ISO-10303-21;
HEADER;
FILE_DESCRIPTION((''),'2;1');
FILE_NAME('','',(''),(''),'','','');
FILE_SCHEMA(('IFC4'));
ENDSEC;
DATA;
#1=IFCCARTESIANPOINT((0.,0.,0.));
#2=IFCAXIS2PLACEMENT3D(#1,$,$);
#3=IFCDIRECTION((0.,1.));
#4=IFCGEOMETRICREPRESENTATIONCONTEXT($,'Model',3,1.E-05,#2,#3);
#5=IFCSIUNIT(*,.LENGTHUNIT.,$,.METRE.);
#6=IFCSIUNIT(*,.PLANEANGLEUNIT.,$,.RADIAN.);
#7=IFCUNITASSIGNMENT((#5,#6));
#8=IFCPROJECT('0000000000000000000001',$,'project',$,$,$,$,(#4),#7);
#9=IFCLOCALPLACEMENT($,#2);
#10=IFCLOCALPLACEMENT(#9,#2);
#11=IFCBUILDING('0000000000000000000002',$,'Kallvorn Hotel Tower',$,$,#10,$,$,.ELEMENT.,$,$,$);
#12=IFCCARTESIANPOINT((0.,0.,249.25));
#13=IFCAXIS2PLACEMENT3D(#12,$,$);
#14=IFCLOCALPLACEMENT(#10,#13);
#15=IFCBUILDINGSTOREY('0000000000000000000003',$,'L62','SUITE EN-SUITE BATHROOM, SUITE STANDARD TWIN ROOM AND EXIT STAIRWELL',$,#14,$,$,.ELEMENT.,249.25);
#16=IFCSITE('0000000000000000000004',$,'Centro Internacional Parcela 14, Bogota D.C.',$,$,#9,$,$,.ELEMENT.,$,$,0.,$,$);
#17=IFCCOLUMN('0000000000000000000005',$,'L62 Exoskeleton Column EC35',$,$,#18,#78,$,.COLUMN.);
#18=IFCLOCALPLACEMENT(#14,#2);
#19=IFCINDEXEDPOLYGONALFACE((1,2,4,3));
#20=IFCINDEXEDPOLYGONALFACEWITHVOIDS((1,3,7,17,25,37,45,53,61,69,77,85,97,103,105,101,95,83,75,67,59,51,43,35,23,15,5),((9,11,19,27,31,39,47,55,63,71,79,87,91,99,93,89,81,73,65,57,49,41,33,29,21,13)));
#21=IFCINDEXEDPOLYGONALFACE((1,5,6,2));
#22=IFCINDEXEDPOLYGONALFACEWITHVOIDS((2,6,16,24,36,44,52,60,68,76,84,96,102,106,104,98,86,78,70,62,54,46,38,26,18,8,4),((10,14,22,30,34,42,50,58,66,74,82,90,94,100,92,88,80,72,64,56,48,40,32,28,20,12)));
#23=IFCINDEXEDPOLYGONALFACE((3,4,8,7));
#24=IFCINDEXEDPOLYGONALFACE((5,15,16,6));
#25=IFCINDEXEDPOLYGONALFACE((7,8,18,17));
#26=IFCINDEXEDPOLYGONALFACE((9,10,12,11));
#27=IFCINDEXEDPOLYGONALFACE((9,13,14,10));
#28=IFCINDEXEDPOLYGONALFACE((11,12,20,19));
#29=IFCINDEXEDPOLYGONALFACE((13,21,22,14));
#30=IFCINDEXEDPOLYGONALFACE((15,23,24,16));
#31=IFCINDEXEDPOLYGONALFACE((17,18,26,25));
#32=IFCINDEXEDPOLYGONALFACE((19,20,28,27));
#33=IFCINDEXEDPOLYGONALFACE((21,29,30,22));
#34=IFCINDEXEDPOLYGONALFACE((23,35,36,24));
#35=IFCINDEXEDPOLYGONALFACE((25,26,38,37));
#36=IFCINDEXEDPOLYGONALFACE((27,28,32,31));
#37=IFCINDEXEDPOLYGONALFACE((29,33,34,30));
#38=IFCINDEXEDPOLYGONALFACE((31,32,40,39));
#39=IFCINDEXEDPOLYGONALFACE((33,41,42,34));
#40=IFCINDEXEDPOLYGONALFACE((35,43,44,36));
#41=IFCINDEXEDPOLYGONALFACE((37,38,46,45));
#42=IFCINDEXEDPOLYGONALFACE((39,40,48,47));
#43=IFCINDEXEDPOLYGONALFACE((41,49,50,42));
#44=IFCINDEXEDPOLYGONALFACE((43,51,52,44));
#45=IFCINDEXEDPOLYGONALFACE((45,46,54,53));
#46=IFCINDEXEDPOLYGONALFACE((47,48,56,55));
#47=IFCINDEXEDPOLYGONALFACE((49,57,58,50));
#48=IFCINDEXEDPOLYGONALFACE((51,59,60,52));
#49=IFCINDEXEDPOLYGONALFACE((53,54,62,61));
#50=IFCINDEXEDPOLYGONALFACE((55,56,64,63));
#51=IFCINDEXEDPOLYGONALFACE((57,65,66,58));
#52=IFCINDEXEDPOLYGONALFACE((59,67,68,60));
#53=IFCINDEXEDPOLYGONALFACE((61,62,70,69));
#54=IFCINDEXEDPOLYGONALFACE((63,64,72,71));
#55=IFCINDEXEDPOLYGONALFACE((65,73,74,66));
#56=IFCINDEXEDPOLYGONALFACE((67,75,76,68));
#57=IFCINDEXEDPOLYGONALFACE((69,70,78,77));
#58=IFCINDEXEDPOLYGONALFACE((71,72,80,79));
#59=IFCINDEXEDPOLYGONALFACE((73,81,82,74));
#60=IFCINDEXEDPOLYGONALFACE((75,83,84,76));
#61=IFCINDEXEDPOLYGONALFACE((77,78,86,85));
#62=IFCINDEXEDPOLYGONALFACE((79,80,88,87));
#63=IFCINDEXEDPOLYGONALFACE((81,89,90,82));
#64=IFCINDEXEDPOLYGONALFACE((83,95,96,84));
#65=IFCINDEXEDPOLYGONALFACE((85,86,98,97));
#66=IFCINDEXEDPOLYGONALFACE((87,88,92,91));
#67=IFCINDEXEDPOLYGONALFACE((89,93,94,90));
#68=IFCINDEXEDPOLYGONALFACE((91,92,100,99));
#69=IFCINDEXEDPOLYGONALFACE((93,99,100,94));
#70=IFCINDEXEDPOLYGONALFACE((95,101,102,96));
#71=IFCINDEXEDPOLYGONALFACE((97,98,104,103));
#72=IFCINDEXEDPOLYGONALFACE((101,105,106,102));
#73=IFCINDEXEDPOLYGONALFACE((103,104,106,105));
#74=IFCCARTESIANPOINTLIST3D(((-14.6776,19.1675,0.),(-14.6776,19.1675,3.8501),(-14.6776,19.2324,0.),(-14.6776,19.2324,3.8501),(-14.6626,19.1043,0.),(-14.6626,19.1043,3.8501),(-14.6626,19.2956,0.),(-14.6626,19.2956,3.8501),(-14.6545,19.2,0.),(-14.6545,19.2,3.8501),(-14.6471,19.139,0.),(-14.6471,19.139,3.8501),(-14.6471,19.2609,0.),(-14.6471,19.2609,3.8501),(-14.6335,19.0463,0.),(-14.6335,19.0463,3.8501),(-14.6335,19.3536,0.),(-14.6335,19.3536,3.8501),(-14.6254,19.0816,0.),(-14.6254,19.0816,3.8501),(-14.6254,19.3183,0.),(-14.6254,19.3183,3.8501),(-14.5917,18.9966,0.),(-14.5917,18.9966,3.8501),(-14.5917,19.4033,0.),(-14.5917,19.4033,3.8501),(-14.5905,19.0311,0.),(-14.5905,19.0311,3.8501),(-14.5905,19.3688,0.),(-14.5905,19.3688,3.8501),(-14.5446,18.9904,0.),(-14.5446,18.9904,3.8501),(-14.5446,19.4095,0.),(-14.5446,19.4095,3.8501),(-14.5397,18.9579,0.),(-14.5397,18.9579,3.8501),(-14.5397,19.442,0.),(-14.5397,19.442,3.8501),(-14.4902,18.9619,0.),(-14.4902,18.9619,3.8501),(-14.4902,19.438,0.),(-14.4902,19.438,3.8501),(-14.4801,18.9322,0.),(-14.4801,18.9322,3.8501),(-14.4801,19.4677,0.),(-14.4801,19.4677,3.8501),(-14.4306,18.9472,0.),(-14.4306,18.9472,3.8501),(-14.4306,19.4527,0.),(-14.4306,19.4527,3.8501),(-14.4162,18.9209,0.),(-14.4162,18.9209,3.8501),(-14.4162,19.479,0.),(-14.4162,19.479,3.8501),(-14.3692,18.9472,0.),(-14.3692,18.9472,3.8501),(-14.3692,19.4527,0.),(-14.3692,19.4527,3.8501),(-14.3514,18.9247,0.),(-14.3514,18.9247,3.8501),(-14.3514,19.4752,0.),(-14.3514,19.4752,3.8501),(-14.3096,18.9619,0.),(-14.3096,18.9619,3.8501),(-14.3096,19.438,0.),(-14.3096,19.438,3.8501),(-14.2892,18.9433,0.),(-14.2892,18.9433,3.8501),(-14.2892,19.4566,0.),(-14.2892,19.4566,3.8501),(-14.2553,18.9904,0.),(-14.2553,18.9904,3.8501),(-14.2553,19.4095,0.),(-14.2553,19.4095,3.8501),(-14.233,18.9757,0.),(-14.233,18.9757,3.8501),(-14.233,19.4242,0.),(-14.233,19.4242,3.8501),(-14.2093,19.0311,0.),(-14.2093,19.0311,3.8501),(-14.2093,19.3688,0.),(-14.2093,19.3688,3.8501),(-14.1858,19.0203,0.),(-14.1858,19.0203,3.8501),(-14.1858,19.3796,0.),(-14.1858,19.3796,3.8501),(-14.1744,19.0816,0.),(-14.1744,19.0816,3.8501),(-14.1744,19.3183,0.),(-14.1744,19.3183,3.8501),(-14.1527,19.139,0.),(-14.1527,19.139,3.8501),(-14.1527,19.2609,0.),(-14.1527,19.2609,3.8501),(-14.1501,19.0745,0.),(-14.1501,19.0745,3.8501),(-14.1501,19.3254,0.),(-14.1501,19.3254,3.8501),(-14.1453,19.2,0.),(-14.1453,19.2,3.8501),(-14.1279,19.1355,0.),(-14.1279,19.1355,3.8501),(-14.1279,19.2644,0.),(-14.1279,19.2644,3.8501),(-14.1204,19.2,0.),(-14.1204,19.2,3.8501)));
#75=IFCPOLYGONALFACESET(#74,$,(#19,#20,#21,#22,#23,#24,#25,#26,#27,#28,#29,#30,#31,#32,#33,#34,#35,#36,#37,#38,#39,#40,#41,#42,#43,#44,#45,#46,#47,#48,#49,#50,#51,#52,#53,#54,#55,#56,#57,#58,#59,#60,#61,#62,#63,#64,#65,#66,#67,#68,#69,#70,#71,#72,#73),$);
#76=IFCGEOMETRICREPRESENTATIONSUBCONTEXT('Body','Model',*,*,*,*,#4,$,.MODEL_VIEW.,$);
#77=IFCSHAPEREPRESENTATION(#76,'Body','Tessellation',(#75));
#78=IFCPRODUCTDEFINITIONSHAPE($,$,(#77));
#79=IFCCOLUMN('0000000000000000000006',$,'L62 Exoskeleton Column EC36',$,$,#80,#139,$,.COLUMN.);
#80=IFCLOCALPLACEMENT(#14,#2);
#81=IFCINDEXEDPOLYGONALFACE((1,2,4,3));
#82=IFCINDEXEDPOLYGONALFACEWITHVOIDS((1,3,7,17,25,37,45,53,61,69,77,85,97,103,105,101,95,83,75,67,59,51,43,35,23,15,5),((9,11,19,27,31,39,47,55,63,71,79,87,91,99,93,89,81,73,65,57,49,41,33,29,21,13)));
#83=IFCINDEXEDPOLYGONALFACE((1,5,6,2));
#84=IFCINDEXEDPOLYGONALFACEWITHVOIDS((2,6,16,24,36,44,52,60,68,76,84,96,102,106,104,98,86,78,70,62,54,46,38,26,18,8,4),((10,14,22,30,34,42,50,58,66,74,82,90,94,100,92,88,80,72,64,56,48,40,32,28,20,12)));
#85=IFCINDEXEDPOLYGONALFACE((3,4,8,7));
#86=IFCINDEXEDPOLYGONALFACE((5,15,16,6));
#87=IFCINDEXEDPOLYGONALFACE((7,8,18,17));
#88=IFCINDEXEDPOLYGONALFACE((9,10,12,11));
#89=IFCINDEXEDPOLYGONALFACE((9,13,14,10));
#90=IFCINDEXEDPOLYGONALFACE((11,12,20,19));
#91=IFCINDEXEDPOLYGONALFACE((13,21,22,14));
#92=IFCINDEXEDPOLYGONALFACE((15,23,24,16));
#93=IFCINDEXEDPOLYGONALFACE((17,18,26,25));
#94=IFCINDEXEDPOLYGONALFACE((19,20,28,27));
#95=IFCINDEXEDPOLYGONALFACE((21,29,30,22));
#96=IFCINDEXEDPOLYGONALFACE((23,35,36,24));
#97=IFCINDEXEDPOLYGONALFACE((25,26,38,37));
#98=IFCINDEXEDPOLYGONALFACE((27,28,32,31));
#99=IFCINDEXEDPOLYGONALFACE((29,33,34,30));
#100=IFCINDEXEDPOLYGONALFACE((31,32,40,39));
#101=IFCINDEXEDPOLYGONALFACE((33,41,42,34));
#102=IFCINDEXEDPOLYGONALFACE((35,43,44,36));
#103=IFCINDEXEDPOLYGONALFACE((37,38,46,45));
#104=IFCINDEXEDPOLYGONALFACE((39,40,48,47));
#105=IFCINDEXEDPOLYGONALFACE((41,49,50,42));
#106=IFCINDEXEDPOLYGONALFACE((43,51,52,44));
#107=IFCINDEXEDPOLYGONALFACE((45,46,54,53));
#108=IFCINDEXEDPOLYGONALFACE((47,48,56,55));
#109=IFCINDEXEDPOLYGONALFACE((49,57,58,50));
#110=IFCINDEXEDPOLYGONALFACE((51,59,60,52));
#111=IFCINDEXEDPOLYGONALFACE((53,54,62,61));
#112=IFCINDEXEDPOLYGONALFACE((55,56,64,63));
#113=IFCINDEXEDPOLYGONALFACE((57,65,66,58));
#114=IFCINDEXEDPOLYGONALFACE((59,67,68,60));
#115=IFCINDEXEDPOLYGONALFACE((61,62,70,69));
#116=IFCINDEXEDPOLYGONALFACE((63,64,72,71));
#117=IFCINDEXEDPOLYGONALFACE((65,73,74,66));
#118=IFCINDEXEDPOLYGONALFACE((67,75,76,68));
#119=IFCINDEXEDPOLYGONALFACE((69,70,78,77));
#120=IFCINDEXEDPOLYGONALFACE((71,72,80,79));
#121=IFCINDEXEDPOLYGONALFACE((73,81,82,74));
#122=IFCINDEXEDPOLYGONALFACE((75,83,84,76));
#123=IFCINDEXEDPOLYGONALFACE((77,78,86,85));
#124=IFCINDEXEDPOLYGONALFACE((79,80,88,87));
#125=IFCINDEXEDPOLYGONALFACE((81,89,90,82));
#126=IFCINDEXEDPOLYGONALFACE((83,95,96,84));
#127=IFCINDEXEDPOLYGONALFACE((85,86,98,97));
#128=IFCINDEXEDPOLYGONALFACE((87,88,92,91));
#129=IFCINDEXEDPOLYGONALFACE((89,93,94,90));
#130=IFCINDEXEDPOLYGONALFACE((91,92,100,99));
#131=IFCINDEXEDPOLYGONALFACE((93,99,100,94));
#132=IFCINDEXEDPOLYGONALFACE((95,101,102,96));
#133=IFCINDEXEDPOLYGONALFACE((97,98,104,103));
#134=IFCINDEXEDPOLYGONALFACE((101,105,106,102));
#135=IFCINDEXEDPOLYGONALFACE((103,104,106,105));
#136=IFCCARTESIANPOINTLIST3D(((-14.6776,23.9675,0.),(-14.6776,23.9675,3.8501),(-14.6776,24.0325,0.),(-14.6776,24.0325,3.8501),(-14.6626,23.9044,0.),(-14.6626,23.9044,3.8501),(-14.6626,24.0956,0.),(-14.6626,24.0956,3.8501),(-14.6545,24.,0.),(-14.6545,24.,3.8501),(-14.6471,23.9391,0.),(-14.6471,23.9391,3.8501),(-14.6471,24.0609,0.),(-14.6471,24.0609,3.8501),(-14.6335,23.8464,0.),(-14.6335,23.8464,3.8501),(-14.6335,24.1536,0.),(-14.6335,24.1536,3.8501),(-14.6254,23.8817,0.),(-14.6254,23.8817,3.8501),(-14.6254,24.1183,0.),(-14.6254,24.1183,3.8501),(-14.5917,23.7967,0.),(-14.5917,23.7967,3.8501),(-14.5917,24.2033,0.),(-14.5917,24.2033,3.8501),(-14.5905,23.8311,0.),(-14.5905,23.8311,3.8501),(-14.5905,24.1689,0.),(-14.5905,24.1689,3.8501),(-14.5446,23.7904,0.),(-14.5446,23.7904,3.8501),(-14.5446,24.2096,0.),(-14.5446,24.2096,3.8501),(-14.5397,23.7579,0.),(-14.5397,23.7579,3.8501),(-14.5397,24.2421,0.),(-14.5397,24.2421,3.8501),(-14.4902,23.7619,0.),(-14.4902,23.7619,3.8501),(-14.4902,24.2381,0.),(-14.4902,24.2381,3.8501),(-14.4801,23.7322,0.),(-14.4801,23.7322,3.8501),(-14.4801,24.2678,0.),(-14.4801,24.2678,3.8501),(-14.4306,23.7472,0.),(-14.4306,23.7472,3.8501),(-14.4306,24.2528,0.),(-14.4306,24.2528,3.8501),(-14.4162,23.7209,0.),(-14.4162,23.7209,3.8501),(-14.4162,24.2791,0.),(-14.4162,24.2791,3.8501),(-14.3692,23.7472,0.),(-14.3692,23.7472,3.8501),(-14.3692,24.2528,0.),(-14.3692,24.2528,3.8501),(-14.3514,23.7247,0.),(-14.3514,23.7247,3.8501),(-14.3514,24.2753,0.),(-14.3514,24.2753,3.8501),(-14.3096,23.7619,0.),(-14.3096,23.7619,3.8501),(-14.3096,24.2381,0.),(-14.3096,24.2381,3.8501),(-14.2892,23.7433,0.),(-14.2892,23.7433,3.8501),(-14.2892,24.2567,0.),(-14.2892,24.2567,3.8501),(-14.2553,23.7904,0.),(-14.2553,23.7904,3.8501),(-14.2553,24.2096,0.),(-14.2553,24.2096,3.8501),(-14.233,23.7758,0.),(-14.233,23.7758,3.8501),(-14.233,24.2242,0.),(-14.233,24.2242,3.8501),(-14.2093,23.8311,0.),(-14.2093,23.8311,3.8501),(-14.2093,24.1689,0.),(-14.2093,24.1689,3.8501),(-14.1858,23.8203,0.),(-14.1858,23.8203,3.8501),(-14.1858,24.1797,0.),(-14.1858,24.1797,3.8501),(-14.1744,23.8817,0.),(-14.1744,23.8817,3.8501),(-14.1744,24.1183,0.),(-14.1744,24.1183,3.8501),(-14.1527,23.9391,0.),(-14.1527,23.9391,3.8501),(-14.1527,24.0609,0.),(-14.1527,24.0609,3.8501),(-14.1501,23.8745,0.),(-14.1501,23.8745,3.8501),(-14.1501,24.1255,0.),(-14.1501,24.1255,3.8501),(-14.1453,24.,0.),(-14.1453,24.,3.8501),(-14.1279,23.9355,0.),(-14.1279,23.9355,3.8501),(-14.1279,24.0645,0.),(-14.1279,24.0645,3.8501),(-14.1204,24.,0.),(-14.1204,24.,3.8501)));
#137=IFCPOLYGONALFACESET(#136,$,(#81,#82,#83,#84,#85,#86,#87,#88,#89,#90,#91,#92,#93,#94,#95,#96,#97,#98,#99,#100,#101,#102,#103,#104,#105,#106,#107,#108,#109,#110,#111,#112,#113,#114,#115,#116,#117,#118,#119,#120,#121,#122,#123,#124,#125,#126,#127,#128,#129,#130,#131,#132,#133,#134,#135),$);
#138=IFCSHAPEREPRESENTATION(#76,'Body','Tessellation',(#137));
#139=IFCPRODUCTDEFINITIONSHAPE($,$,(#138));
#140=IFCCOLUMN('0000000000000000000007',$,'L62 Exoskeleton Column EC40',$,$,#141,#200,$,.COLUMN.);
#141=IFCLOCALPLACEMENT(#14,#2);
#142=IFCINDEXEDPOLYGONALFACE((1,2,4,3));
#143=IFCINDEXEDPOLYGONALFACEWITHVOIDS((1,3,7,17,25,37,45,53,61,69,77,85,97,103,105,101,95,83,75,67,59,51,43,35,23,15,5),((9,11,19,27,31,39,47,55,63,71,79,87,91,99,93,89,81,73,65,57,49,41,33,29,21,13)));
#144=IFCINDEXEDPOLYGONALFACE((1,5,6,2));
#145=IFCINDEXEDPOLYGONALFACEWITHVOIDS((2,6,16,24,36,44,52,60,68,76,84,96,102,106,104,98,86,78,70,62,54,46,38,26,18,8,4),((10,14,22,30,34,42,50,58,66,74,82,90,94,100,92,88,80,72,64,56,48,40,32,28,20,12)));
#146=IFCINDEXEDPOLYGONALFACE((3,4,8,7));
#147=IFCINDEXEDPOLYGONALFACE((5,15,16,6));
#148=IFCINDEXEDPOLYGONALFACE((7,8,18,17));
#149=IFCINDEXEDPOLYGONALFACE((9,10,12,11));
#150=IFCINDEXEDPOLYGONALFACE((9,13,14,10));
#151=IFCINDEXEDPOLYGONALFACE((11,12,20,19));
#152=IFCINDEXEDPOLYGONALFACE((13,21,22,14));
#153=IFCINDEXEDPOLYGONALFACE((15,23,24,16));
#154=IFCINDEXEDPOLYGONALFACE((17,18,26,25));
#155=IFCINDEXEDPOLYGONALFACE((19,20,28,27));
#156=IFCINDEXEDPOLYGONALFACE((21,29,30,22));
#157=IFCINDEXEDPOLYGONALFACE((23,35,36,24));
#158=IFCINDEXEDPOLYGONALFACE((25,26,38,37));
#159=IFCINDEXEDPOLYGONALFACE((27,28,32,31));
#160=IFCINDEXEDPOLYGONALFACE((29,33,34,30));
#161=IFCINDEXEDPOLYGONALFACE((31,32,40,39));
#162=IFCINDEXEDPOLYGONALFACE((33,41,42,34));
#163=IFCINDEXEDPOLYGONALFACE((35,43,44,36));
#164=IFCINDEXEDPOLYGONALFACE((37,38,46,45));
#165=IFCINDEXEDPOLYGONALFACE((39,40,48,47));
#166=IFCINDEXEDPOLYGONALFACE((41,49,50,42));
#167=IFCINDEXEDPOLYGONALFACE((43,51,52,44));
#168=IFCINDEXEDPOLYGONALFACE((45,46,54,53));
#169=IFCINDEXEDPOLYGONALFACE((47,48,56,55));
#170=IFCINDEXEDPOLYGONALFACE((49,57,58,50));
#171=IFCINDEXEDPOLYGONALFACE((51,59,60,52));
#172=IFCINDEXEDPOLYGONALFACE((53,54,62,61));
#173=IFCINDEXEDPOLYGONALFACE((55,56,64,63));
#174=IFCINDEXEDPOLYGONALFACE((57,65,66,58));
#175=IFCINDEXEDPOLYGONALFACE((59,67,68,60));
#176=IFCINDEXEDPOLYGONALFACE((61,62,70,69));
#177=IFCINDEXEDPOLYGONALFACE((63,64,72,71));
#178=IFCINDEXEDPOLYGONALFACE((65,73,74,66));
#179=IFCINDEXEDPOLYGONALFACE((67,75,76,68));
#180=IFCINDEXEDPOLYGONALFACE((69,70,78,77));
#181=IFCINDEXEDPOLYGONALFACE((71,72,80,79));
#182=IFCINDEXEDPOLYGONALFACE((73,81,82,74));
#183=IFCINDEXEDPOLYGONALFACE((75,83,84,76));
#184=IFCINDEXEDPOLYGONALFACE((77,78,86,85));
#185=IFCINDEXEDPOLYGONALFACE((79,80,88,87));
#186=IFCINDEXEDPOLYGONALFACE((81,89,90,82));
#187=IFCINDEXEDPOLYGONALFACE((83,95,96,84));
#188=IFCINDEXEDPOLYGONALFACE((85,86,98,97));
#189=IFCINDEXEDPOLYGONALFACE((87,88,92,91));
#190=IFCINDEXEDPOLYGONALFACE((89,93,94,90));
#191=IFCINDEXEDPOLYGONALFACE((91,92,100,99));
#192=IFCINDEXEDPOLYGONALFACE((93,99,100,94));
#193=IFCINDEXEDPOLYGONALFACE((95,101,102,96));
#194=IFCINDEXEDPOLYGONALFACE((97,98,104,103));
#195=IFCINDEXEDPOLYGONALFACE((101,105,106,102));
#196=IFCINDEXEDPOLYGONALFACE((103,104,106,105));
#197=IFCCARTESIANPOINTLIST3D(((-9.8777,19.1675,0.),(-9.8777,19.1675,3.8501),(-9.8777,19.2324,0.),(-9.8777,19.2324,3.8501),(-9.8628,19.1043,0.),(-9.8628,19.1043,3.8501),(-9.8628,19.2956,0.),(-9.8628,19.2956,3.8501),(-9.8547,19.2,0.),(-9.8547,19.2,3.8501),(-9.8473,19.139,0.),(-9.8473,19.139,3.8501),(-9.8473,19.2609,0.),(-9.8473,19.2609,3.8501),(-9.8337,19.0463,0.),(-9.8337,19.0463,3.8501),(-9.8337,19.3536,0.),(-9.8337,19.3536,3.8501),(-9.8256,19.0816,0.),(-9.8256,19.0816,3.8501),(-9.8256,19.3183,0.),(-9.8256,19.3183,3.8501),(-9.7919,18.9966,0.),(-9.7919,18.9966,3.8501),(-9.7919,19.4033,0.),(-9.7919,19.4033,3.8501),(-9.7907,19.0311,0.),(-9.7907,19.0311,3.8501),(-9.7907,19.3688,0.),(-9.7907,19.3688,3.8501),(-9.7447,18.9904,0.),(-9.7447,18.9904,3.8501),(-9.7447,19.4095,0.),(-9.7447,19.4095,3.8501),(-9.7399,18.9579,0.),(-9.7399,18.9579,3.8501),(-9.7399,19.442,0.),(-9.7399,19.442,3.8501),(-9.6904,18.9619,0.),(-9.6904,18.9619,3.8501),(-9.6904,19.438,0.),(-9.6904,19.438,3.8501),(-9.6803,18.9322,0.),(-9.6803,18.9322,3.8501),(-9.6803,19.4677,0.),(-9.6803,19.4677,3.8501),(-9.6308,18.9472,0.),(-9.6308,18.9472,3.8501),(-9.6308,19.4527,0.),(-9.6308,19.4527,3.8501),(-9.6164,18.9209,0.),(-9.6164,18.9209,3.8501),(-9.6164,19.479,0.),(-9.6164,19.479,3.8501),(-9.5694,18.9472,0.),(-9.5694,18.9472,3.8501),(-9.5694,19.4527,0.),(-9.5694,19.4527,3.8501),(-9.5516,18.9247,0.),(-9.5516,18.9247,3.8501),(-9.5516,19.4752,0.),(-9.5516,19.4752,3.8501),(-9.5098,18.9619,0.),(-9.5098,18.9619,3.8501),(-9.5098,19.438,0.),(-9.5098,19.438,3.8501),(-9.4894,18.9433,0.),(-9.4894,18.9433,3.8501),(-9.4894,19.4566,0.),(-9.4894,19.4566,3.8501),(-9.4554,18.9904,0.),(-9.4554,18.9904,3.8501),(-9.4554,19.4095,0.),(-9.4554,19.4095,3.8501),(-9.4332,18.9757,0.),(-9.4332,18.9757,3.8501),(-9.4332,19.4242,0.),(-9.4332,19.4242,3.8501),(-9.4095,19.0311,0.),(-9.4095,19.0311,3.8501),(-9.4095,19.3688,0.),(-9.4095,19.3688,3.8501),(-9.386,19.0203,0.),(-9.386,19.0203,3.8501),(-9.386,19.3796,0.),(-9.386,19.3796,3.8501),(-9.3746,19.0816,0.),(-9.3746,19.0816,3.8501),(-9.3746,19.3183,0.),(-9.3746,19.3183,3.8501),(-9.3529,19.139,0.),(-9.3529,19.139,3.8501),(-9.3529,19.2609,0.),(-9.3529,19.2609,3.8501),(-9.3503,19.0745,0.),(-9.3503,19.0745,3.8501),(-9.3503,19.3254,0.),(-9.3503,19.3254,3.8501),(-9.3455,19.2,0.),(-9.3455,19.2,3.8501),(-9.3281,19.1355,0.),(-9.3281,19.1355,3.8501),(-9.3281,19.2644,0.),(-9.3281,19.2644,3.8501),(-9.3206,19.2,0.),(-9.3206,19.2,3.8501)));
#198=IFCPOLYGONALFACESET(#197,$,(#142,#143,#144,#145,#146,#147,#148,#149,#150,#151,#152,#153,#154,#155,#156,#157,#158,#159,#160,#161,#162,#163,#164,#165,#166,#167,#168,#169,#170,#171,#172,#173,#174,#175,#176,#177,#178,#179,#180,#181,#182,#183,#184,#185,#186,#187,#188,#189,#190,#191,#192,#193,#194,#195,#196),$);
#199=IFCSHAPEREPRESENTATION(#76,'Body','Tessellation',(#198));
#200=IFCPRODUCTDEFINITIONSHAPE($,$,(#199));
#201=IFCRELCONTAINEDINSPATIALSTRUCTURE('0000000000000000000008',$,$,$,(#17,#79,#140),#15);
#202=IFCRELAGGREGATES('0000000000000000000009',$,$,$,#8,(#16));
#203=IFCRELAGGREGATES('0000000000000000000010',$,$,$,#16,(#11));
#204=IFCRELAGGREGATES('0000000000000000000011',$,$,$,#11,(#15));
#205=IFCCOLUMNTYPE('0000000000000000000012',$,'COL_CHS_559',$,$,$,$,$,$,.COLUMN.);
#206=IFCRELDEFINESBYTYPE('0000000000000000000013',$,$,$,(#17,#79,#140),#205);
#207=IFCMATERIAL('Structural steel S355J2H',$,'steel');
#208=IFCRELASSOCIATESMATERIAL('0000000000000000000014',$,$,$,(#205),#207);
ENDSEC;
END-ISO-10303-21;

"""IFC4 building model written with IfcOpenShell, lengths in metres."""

from ifc_helpers import new_model, si_unit, direction, frame, origin, origin_2d, place, context, subcontext, project, spatial, hollow_circle, extrude, material, material_profile, profile_set, type_object, element, save


model = new_model("IFC4")

# Units and contexts
model_context = context("Model", 3, precision=1e-05, world=origin(), true_north=direction((0.0, 1.0)))
body_context = subcontext(model_context, "Body", "Model", "MODEL_VIEW")
ifc_project = project(units=[si_unit("LENGTHUNIT", "METRE"), si_unit("PLANEANGLEUNIT", "RADIAN")], contexts=[model_context])

# Site, building, storey
site_placement = place(None, origin())
site = spatial("IfcSite", under=ifc_project, at=site_placement, Name="Centro Internacional Parcela 14, Bogota D.C.", CompositionType="ELEMENT", RefElevation=0.0)
building_placement = place(site_placement, origin())
building = spatial("IfcBuilding", under=site, at=building_placement, Name="Kallvorn Hotel Tower", CompositionType="ELEMENT")
storey_placement = place(building_placement, frame((0.0, 0.0, 249.25)))
storey = spatial("IfcBuildingStorey", under=building, at=storey_placement, Name="L62", Description="SUITE EN-SUITE BATHROOM, SUITE STANDARD TWIN ROOM AND EXIT STAIRWELL", CompositionType="ELEMENT", Elevation=249.25)

# Columns
ifc_material_1 = material(Name="Structural steel S355J2H", Category="steel")
ifc_material_profile_1 = material_profile(ifc_material_1, hollow_circle(Radius=0.2795, WallThickness=0.0249, at=origin_2d()), Name="CHS 559x25")
ifc_profile_set_1 = profile_set([ifc_material_profile_1], Name="Structural steel S355J2H")
column_type_1 = type_object("IfcColumnType", Name="COL_CHS_559", PredefinedType="COLUMN", material=ifc_profile_set_1)
for number, where, z_axis, x_axis, name in (
    (1, (-14.3999, 19.2, 0.0), (0.0, 0.0, 1.0), (1.0, 0.0, 0.0), "L62 Exoskeleton Column EC35"),
    (2, (-14.3999, 24.0, 0.0), (0.0, 0.0, 1.0), (1.0, 0.0, 0.0), "L62 Exoskeleton Column EC36"),
    (3, (-9.6001, 19.2, 0.0), (0.0, 0.0, 1.0), (1.0, 0.0, 0.0), "L62 Exoskeleton Column EC40"),
):
    element("IfcColumn", number, at=place(storey_placement, frame(where, z_axis=z_axis, x_axis=x_axis)), inside=storey, type_object=column_type_1, Name=name, PredefinedType="COLUMN", context=body_context, shape_type="SweptSolid", body=[
        extrude(hollow_circle(Radius=0.2795, WallThickness=0.0249, at=origin_2d()), origin(), (0.0, 0.0, 1.0), 3.8501),
    ])

save(model, "model.ifc")
